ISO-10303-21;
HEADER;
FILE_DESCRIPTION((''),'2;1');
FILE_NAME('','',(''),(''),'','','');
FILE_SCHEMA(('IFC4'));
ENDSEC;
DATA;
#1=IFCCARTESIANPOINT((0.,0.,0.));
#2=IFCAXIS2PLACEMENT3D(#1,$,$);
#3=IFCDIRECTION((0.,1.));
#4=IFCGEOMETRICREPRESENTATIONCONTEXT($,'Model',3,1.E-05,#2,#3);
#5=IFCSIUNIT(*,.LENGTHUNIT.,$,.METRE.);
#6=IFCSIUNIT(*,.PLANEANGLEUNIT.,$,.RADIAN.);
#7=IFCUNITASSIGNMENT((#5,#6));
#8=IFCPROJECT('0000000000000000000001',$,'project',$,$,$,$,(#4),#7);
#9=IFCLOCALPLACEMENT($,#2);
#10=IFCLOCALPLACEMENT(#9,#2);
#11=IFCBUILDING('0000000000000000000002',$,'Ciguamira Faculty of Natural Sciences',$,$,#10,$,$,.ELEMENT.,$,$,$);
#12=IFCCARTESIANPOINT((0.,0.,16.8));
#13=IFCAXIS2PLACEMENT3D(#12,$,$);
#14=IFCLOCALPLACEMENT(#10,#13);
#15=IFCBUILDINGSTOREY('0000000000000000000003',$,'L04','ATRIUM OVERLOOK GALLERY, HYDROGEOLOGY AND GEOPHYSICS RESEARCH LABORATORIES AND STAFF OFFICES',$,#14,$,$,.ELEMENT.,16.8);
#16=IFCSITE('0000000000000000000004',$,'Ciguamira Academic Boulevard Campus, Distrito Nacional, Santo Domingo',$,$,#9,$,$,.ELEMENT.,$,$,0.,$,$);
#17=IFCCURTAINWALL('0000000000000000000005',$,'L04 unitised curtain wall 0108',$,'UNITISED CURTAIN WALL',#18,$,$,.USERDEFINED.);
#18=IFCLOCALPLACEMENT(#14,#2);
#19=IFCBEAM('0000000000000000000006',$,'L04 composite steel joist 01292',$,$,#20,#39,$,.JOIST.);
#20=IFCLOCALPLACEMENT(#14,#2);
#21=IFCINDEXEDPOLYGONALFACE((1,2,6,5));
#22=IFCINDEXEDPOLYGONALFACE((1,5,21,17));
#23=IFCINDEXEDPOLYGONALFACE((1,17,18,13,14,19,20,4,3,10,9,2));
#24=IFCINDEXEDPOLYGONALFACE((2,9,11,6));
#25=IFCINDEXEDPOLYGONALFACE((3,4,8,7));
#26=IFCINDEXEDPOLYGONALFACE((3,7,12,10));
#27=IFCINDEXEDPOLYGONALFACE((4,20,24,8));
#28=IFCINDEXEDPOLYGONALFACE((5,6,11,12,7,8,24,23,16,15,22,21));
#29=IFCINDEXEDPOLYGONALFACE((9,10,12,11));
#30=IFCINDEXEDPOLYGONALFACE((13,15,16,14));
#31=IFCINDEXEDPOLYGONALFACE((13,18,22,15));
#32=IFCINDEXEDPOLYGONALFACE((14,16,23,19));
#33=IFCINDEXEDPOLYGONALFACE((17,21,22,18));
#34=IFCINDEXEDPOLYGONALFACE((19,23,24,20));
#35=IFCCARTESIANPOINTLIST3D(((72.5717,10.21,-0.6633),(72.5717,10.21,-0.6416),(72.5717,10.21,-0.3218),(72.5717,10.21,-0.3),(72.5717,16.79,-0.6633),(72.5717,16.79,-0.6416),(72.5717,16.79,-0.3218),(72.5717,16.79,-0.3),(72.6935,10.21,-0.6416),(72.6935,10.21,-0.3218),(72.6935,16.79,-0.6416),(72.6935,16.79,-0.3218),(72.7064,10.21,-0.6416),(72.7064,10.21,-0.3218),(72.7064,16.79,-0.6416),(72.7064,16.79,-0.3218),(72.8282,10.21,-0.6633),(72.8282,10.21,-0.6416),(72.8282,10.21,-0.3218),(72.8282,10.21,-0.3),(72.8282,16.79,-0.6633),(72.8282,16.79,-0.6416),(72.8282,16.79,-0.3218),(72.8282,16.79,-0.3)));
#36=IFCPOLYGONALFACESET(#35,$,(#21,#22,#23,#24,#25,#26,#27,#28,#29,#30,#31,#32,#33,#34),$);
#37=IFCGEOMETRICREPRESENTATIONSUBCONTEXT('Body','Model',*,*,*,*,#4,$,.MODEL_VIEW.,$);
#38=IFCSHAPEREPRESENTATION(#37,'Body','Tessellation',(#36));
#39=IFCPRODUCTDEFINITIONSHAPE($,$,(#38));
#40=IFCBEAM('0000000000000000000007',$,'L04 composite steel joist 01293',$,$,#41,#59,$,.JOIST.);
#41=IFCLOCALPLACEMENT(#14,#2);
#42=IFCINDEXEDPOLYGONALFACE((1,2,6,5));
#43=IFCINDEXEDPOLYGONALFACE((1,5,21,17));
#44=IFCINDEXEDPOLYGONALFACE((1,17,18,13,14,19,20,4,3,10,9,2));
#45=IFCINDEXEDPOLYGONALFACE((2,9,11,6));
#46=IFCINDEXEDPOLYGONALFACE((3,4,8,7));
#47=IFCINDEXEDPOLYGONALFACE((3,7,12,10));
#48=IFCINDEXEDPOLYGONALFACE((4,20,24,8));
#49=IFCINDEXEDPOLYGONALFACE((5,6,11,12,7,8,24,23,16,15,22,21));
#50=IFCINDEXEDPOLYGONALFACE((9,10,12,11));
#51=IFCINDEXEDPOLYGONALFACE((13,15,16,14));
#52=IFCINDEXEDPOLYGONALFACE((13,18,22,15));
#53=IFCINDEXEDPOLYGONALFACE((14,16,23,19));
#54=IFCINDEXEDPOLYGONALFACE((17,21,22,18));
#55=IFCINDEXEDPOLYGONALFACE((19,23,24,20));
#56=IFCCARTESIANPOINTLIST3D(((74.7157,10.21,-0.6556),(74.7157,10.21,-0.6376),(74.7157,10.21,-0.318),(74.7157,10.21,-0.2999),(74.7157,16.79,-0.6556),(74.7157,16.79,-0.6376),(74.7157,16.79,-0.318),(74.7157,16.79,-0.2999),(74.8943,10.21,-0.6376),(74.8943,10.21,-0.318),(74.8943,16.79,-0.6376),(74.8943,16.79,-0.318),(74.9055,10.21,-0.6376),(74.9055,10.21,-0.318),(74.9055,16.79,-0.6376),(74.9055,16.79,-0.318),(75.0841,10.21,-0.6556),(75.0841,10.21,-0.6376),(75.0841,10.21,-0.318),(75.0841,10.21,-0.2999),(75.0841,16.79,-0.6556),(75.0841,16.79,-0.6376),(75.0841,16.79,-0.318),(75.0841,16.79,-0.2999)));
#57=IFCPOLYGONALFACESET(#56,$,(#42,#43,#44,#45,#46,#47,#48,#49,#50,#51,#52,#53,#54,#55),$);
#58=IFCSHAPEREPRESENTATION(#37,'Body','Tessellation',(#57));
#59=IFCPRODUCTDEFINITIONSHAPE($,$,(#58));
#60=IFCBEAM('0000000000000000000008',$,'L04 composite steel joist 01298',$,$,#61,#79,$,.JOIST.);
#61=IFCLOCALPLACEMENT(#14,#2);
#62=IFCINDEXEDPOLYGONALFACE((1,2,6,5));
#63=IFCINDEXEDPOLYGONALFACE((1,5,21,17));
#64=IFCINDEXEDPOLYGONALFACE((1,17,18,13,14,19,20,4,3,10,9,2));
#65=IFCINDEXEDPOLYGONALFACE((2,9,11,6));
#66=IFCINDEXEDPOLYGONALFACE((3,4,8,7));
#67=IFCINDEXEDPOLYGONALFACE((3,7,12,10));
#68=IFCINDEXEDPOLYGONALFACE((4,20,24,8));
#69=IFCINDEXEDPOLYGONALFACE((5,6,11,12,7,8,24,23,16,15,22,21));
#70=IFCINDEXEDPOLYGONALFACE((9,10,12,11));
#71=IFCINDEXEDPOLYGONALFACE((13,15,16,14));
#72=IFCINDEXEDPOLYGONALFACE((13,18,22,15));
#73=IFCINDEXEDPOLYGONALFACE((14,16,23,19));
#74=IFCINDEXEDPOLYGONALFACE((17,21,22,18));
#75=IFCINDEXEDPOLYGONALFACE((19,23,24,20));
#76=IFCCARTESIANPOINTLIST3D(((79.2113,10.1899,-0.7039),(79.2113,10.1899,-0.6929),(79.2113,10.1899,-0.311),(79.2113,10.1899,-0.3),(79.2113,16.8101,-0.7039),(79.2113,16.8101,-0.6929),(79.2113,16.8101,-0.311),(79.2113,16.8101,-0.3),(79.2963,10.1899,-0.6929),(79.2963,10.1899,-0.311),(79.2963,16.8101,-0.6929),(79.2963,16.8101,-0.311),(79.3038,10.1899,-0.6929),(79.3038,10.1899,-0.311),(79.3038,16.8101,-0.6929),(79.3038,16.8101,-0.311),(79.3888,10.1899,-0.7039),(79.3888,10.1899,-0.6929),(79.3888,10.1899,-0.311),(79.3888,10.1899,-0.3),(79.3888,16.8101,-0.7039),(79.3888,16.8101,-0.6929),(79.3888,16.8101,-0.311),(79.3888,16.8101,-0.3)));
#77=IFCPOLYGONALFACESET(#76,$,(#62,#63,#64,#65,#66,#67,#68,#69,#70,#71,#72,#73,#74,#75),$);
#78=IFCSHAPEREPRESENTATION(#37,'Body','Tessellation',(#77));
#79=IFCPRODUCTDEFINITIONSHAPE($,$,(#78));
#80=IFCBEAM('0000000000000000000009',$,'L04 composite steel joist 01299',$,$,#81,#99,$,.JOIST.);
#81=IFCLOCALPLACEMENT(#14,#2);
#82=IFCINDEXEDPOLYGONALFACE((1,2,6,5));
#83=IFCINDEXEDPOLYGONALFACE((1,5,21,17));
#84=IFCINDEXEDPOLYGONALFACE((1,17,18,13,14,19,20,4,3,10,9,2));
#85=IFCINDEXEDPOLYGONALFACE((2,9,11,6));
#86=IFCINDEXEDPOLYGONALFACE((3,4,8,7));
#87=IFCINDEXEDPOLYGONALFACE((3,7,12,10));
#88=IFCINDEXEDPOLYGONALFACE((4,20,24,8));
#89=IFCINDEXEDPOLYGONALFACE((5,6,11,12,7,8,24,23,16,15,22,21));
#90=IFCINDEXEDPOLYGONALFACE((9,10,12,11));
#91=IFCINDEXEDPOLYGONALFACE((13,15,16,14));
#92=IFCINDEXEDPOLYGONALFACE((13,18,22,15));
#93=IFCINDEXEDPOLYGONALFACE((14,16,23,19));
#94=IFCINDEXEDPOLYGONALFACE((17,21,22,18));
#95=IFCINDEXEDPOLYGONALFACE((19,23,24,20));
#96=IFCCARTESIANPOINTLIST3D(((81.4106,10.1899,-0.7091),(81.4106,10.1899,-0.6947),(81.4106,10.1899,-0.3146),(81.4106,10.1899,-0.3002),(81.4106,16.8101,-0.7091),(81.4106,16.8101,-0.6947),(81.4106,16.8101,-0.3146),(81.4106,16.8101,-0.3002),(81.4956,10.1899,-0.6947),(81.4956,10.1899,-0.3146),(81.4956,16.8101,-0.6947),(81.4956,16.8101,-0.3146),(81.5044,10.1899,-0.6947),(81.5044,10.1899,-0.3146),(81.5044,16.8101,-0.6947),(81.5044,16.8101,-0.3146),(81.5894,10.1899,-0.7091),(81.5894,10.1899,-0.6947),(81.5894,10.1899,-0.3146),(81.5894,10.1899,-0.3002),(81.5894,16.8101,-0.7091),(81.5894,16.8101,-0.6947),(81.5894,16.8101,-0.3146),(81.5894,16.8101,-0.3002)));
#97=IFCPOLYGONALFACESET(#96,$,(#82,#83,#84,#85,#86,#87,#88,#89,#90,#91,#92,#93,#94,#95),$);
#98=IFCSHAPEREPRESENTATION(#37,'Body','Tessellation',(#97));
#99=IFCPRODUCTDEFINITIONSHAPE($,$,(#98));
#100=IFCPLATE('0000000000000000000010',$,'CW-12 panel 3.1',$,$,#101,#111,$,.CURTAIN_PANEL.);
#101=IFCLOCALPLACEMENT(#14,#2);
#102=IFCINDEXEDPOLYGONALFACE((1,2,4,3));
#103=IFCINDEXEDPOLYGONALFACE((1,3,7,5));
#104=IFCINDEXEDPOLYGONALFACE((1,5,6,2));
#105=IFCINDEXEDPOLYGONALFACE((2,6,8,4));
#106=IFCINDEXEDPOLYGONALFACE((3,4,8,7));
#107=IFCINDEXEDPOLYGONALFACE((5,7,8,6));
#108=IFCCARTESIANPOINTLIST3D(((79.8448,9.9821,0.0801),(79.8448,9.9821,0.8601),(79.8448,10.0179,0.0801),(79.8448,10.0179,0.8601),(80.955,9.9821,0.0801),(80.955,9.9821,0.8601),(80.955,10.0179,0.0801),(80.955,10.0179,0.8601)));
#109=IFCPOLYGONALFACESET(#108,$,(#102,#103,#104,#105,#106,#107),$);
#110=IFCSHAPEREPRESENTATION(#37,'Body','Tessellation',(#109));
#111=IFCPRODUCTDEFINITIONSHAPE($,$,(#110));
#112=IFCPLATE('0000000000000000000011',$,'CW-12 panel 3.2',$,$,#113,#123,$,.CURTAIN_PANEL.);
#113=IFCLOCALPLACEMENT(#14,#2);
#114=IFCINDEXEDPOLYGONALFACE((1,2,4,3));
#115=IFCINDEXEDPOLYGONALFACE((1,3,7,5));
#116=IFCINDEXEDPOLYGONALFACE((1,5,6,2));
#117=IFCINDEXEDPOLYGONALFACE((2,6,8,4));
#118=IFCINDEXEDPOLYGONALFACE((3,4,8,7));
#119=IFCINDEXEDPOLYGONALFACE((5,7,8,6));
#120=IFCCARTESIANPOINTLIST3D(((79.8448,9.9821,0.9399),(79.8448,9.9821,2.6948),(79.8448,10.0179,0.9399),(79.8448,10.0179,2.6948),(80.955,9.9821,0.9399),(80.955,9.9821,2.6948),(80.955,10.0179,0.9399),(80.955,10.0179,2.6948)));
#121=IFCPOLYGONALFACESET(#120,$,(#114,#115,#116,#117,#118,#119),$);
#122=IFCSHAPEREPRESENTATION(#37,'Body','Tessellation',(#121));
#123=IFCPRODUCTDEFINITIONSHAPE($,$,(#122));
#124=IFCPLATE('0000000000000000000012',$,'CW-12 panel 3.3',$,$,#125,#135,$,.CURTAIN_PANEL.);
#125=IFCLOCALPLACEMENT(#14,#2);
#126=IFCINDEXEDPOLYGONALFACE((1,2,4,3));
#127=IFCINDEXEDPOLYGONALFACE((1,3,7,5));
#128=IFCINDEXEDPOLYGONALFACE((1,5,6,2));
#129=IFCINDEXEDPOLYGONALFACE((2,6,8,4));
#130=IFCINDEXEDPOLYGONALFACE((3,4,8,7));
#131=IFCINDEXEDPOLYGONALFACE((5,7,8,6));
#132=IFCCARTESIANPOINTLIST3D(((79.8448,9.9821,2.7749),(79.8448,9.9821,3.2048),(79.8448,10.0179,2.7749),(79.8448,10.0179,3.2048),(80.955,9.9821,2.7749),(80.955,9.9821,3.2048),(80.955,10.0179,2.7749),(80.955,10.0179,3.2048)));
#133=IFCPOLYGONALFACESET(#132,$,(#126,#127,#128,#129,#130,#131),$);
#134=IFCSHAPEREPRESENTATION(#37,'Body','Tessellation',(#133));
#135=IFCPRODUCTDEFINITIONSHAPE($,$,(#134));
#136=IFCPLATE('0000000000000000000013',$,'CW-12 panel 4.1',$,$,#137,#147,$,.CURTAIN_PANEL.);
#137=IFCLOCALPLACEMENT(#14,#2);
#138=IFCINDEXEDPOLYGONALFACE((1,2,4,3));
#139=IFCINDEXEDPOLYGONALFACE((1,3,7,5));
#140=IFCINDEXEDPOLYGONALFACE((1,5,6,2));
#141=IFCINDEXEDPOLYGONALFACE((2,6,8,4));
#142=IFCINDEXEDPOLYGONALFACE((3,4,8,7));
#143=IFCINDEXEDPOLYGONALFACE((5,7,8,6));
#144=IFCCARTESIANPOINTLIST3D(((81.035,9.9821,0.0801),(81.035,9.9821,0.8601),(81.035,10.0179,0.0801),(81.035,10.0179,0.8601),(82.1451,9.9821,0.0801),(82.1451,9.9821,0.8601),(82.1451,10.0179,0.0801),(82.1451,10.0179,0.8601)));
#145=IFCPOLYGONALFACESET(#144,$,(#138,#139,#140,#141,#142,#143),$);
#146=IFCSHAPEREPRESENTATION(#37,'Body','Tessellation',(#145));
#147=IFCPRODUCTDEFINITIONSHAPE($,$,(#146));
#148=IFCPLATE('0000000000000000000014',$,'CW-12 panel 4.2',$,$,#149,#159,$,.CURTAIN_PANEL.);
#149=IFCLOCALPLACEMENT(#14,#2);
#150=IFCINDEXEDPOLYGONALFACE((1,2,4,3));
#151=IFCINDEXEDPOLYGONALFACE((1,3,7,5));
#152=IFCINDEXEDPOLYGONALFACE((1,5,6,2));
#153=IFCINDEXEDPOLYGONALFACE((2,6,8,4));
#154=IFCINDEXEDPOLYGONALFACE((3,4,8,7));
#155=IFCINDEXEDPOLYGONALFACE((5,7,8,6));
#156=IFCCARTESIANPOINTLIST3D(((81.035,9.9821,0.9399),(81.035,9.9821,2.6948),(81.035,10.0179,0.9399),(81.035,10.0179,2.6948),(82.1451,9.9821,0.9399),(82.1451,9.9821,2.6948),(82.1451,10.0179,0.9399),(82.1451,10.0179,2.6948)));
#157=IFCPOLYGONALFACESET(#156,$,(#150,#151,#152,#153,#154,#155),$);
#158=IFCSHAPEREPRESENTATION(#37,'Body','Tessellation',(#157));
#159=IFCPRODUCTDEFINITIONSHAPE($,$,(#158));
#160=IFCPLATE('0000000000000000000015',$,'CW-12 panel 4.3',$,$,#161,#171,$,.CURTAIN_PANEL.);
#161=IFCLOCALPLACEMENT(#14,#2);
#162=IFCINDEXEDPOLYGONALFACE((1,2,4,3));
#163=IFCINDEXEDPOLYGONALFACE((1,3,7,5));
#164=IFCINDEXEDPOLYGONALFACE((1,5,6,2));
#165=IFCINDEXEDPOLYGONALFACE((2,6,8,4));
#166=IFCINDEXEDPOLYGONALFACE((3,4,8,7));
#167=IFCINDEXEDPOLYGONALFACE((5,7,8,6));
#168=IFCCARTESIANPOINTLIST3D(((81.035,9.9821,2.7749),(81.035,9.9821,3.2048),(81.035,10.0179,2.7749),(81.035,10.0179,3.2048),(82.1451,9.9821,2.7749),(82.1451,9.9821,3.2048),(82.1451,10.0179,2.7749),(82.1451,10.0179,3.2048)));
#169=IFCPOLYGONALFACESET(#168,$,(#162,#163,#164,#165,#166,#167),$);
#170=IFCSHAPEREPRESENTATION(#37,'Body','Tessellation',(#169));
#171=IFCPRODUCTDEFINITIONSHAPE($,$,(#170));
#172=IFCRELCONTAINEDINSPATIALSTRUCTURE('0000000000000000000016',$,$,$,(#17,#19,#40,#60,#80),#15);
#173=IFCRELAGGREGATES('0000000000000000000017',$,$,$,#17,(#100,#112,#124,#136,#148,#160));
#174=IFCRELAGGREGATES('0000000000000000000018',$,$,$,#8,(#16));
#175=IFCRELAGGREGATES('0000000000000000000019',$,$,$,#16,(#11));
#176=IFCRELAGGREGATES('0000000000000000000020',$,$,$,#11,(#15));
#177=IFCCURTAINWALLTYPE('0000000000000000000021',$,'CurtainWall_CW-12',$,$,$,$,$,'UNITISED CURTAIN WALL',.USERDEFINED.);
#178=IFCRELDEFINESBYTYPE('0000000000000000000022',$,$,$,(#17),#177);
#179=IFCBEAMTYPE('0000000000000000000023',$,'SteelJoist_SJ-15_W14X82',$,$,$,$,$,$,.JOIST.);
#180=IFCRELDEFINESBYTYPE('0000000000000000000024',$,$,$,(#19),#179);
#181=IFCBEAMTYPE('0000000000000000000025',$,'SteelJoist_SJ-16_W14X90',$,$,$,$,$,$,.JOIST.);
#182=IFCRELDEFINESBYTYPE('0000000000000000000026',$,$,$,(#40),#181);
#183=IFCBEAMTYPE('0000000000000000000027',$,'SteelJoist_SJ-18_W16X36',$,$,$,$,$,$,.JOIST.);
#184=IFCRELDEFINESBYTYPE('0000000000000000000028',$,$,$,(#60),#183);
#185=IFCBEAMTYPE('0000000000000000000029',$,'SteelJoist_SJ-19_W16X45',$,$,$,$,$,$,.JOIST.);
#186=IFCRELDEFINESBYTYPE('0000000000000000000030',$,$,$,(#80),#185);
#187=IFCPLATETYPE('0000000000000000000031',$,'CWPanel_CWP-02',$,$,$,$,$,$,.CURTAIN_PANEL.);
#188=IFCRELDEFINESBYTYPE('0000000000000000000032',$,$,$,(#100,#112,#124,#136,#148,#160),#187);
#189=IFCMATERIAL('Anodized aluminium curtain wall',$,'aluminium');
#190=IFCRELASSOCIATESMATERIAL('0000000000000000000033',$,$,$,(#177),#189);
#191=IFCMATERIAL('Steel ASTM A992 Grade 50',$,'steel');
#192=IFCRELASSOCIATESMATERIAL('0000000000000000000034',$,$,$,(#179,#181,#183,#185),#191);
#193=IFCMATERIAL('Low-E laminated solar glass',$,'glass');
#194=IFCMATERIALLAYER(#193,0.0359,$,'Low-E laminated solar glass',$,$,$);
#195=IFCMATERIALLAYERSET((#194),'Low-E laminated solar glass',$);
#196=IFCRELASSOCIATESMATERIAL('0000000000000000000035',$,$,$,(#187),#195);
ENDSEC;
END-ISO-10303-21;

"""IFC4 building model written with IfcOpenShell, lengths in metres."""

from ifc_helpers import new_model, si_unit, direction, frame, origin, origin_2d, place, context, subcontext, project, spatial, rectangle, i_section, extrude, material, layer, layer_set, material_profile, profile_set, type_object, element, aggregate, save


model = new_model("IFC4")

# Units and contexts
model_context = context("Model", 3, precision=1e-05, world=origin(), true_north=direction((0.0, 1.0)))
body_context = subcontext(model_context, "Body", "Model", "MODEL_VIEW")
ifc_project = project(units=[si_unit("LENGTHUNIT", "METRE"), si_unit("PLANEANGLEUNIT", "RADIAN")], contexts=[model_context])

# Site, building, storey
site_placement = place(None, origin())
site = spatial("IfcSite", under=ifc_project, at=site_placement, Name="Ciguamira Academic Boulevard Campus, Distrito Nacional, Santo Domingo", CompositionType="ELEMENT", RefElevation=0.0)
building_placement = place(site_placement, origin())
building = spatial("IfcBuilding", under=site, at=building_placement, Name="Ciguamira Faculty of Natural Sciences", CompositionType="ELEMENT")
storey_placement = place(building_placement, frame((0.0, 0.0, 16.8)))
storey = spatial("IfcBuildingStorey", under=building, at=storey_placement, Name="L04", Description="ATRIUM OVERLOOK GALLERY, HYDROGEOLOGY AND GEOPHYSICS RESEARCH LABORATORIES AND STAFF OFFICES", CompositionType="ELEMENT", Elevation=16.8)

# Curtain wall
ifc_material_1 = material(Name="Anodized aluminium curtain wall", Category="aluminium")
curtain_wall_type = type_object("IfcCurtainWallType", Name="CurtainWall_CW-12", ElementType="UNITISED CURTAIN WALL", PredefinedType="USERDEFINED", material=ifc_material_1)
curtain_wall_placement = place(storey_placement, origin())
curtain_wall = element("IfcCurtainWall", 1, at=curtain_wall_placement, inside=storey, type_object=curtain_wall_type, Name="L04 unitised curtain wall 0108", ObjectType="UNITISED CURTAIN WALL", PredefinedType="USERDEFINED")

# Beams
ifc_material_2 = material(Name="Steel ASTM A992 Grade 50", Category="steel")
ifc_material_profile_1 = material_profile(ifc_material_2, i_section(OverallWidth=0.2566, OverallDepth=0.3633, WebThickness=0.0129, FlangeThickness=0.0217, at=origin_2d()), Name="W14X82")
ifc_profile_set_1 = profile_set([ifc_material_profile_1], Name="Steel ASTM A992 Grade 50")
beam_type_1 = type_object("IfcBeamType", Name="SteelJoist_SJ-15_W14X82", PredefinedType="JOIST", material=ifc_profile_set_1)
beam_1_placement = place(storey_placement, frame((72.7, 10.21, -0.4817), z_axis=(0.0, 1.0, 0.0), x_axis=(-1.0, 0.0, 0.0)))
element("IfcBeam", 2, at=beam_1_placement, inside=storey, type_object=beam_type_1, Name="L04 composite steel joist 01292", PredefinedType="JOIST", context=body_context, shape_type="SweptSolid", body=[
    extrude(i_section(OverallWidth=0.2566, OverallDepth=0.3633, WebThickness=0.0129, FlangeThickness=0.0217, at=origin_2d()), origin(), (0.0, 0.0, 1.0), 6.5801),
])
ifc_material_profile_2 = material_profile(ifc_material_2, i_section(OverallWidth=0.3684, OverallDepth=0.3557, WebThickness=0.0112, FlangeThickness=0.0181, at=origin_2d()), Name="W14X90")
ifc_profile_set_2 = profile_set([ifc_material_profile_2], Name="Steel ASTM A992 Grade 50")
beam_type_2 = type_object("IfcBeamType", Name="SteelJoist_SJ-16_W14X90", PredefinedType="JOIST", material=ifc_profile_set_2)
beam_2_placement = place(storey_placement, frame((74.8999, 10.21, -0.4778), z_axis=(0.0, 1.0, 0.0), x_axis=(-1.0, 0.0, 0.0)))
element("IfcBeam", 3, at=beam_2_placement, inside=storey, type_object=beam_type_2, Name="L04 composite steel joist 01293", PredefinedType="JOIST", context=body_context, shape_type="SweptSolid", body=[
    extrude(i_section(OverallWidth=0.3684, OverallDepth=0.3557, WebThickness=0.0112, FlangeThickness=0.0181, at=origin_2d()), origin(), (0.0, 0.0, 1.0), 6.5801),
])
ifc_material_profile_3 = material_profile(ifc_material_2, i_section(OverallWidth=0.1775, OverallDepth=0.4038, WebThickness=0.0076, FlangeThickness=0.011, at=origin_2d()), Name="W16X36")
ifc_profile_set_3 = profile_set([ifc_material_profile_3], Name="Steel ASTM A992 Grade 50")
beam_type_3 = type_object("IfcBeamType", Name="SteelJoist_SJ-18_W16X36", PredefinedType="JOIST", material=ifc_profile_set_3)
beam_3_placement = place(storey_placement, frame((79.3, 10.1899, -0.502), z_axis=(0.0, 1.0, 0.0), x_axis=(-1.0, 0.0, 0.0)))
element("IfcBeam", 4, at=beam_3_placement, inside=storey, type_object=beam_type_3, Name="L04 composite steel joist 01298", PredefinedType="JOIST", context=body_context, shape_type="SweptSolid", body=[
    extrude(i_section(OverallWidth=0.1775, OverallDepth=0.4038, WebThickness=0.0076, FlangeThickness=0.011, at=origin_2d()), origin(), (0.0, 0.0, 1.0), 6.6201),
])
ifc_material_profile_4 = material_profile(ifc_material_2, i_section(OverallWidth=0.1787, OverallDepth=0.4089, WebThickness=0.0088, FlangeThickness=0.0144, at=origin_2d()), Name="W16X45")
ifc_profile_set_4 = profile_set([ifc_material_profile_4], Name="Steel ASTM A992 Grade 50")
beam_type_4 = type_object("IfcBeamType", Name="SteelJoist_SJ-19_W16X45", PredefinedType="JOIST", material=ifc_profile_set_4)
beam_4_placement = place(storey_placement, frame((81.5, 10.1899, -0.5046), z_axis=(0.0, 1.0, 0.0), x_axis=(-1.0, 0.0, 0.0)))
element("IfcBeam", 5, at=beam_4_placement, inside=storey, type_object=beam_type_4, Name="L04 composite steel joist 01299", PredefinedType="JOIST", context=body_context, shape_type="SweptSolid", body=[
    extrude(i_section(OverallWidth=0.1787, OverallDepth=0.4089, WebThickness=0.0088, FlangeThickness=0.0144, at=origin_2d()), origin(), (0.0, 0.0, 1.0), 6.6201),
])

# Plates
ifc_material_3 = material(Name="Low-E laminated solar glass", Category="glass")
ifc_layer = layer(ifc_material_3, 0.0359, Name="Low-E laminated solar glass")
ifc_layer_set = layer_set([ifc_layer], Name="Low-E laminated solar glass")
plate_type = type_object("IfcPlateType", Name="CWPanel_CWP-02", PredefinedType="CURTAIN_PANEL", material=ifc_layer_set)
plate_1_placement = place(storey_placement, frame((80.3999, 10.0, 0.0801), z_axis=(0.0, 0.0, 1.0), x_axis=(1.0, 0.0, 0.0)))
plate_1 = element("IfcPlate", 6, at=plate_1_placement, type_object=plate_type, Name="CW-12 panel 3.1", PredefinedType="CURTAIN_PANEL", context=body_context, shape_type="SweptSolid", body=[
    extrude(rectangle(XDim=1.1101, YDim=0.0359, at=origin_2d()), origin(), (0.0, 0.0, 1.0), 0.78),
])
plate_2_placement = place(storey_placement, frame((80.3999, 10.0, 0.9399), z_axis=(0.0, 0.0, 1.0), x_axis=(1.0, 0.0, 0.0)))
plate_2 = element("IfcPlate", 7, at=plate_2_placement, type_object=plate_type, Name="CW-12 panel 3.2", PredefinedType="CURTAIN_PANEL", context=body_context, shape_type="SweptSolid", body=[
    extrude(rectangle(XDim=1.1101, YDim=0.0359, at=origin_2d()), origin(), (0.0, 0.0, 1.0), 1.7549),
])
plate_3_placement = place(storey_placement, frame((80.3999, 10.0, 2.7749), z_axis=(0.0, 0.0, 1.0), x_axis=(1.0, 0.0, 0.0)))
plate_3 = element("IfcPlate", 8, at=plate_3_placement, type_object=plate_type, Name="CW-12 panel 3.3", PredefinedType="CURTAIN_PANEL", context=body_context, shape_type="SweptSolid", body=[
    extrude(rectangle(XDim=1.1101, YDim=0.0359, at=origin_2d()), origin(), (0.0, 0.0, 1.0), 0.4299),
])
plate_4_placement = place(storey_placement, frame((81.5901, 10.0, 0.0801), z_axis=(0.0, 0.0, 1.0), x_axis=(1.0, 0.0, 0.0)))
plate_4 = element("IfcPlate", 9, at=plate_4_placement, type_object=plate_type, Name="CW-12 panel 4.1", PredefinedType="CURTAIN_PANEL", context=body_context, shape_type="SweptSolid", body=[
    extrude(rectangle(XDim=1.1101, YDim=0.0359, at=origin_2d()), origin(), (0.0, 0.0, 1.0), 0.78),
])
plate_5_placement = place(storey_placement, frame((81.5901, 10.0, 0.9399), z_axis=(0.0, 0.0, 1.0), x_axis=(1.0, 0.0, 0.0)))
plate_5 = element("IfcPlate", 10, at=plate_5_placement, type_object=plate_type, Name="CW-12 panel 4.2", PredefinedType="CURTAIN_PANEL", context=body_context, shape_type="SweptSolid", body=[
    extrude(rectangle(XDim=1.1101, YDim=0.0359, at=origin_2d()), origin(), (0.0, 0.0, 1.0), 1.7549),
])
plate_6_placement = place(storey_placement, frame((81.5901, 10.0, 2.7749), z_axis=(0.0, 0.0, 1.0), x_axis=(1.0, 0.0, 0.0)))
plate_6 = element("IfcPlate", 11, at=plate_6_placement, type_object=plate_type, Name="CW-12 panel 4.3", PredefinedType="CURTAIN_PANEL", context=body_context, shape_type="SweptSolid", body=[
    extrude(rectangle(XDim=1.1101, YDim=0.0359, at=origin_2d()), origin(), (0.0, 0.0, 1.0), 0.4299),
])
aggregate(curtain_wall, [plate_1, plate_2, plate_3, plate_4, plate_5, plate_6])

save(model, "model.ifc")
